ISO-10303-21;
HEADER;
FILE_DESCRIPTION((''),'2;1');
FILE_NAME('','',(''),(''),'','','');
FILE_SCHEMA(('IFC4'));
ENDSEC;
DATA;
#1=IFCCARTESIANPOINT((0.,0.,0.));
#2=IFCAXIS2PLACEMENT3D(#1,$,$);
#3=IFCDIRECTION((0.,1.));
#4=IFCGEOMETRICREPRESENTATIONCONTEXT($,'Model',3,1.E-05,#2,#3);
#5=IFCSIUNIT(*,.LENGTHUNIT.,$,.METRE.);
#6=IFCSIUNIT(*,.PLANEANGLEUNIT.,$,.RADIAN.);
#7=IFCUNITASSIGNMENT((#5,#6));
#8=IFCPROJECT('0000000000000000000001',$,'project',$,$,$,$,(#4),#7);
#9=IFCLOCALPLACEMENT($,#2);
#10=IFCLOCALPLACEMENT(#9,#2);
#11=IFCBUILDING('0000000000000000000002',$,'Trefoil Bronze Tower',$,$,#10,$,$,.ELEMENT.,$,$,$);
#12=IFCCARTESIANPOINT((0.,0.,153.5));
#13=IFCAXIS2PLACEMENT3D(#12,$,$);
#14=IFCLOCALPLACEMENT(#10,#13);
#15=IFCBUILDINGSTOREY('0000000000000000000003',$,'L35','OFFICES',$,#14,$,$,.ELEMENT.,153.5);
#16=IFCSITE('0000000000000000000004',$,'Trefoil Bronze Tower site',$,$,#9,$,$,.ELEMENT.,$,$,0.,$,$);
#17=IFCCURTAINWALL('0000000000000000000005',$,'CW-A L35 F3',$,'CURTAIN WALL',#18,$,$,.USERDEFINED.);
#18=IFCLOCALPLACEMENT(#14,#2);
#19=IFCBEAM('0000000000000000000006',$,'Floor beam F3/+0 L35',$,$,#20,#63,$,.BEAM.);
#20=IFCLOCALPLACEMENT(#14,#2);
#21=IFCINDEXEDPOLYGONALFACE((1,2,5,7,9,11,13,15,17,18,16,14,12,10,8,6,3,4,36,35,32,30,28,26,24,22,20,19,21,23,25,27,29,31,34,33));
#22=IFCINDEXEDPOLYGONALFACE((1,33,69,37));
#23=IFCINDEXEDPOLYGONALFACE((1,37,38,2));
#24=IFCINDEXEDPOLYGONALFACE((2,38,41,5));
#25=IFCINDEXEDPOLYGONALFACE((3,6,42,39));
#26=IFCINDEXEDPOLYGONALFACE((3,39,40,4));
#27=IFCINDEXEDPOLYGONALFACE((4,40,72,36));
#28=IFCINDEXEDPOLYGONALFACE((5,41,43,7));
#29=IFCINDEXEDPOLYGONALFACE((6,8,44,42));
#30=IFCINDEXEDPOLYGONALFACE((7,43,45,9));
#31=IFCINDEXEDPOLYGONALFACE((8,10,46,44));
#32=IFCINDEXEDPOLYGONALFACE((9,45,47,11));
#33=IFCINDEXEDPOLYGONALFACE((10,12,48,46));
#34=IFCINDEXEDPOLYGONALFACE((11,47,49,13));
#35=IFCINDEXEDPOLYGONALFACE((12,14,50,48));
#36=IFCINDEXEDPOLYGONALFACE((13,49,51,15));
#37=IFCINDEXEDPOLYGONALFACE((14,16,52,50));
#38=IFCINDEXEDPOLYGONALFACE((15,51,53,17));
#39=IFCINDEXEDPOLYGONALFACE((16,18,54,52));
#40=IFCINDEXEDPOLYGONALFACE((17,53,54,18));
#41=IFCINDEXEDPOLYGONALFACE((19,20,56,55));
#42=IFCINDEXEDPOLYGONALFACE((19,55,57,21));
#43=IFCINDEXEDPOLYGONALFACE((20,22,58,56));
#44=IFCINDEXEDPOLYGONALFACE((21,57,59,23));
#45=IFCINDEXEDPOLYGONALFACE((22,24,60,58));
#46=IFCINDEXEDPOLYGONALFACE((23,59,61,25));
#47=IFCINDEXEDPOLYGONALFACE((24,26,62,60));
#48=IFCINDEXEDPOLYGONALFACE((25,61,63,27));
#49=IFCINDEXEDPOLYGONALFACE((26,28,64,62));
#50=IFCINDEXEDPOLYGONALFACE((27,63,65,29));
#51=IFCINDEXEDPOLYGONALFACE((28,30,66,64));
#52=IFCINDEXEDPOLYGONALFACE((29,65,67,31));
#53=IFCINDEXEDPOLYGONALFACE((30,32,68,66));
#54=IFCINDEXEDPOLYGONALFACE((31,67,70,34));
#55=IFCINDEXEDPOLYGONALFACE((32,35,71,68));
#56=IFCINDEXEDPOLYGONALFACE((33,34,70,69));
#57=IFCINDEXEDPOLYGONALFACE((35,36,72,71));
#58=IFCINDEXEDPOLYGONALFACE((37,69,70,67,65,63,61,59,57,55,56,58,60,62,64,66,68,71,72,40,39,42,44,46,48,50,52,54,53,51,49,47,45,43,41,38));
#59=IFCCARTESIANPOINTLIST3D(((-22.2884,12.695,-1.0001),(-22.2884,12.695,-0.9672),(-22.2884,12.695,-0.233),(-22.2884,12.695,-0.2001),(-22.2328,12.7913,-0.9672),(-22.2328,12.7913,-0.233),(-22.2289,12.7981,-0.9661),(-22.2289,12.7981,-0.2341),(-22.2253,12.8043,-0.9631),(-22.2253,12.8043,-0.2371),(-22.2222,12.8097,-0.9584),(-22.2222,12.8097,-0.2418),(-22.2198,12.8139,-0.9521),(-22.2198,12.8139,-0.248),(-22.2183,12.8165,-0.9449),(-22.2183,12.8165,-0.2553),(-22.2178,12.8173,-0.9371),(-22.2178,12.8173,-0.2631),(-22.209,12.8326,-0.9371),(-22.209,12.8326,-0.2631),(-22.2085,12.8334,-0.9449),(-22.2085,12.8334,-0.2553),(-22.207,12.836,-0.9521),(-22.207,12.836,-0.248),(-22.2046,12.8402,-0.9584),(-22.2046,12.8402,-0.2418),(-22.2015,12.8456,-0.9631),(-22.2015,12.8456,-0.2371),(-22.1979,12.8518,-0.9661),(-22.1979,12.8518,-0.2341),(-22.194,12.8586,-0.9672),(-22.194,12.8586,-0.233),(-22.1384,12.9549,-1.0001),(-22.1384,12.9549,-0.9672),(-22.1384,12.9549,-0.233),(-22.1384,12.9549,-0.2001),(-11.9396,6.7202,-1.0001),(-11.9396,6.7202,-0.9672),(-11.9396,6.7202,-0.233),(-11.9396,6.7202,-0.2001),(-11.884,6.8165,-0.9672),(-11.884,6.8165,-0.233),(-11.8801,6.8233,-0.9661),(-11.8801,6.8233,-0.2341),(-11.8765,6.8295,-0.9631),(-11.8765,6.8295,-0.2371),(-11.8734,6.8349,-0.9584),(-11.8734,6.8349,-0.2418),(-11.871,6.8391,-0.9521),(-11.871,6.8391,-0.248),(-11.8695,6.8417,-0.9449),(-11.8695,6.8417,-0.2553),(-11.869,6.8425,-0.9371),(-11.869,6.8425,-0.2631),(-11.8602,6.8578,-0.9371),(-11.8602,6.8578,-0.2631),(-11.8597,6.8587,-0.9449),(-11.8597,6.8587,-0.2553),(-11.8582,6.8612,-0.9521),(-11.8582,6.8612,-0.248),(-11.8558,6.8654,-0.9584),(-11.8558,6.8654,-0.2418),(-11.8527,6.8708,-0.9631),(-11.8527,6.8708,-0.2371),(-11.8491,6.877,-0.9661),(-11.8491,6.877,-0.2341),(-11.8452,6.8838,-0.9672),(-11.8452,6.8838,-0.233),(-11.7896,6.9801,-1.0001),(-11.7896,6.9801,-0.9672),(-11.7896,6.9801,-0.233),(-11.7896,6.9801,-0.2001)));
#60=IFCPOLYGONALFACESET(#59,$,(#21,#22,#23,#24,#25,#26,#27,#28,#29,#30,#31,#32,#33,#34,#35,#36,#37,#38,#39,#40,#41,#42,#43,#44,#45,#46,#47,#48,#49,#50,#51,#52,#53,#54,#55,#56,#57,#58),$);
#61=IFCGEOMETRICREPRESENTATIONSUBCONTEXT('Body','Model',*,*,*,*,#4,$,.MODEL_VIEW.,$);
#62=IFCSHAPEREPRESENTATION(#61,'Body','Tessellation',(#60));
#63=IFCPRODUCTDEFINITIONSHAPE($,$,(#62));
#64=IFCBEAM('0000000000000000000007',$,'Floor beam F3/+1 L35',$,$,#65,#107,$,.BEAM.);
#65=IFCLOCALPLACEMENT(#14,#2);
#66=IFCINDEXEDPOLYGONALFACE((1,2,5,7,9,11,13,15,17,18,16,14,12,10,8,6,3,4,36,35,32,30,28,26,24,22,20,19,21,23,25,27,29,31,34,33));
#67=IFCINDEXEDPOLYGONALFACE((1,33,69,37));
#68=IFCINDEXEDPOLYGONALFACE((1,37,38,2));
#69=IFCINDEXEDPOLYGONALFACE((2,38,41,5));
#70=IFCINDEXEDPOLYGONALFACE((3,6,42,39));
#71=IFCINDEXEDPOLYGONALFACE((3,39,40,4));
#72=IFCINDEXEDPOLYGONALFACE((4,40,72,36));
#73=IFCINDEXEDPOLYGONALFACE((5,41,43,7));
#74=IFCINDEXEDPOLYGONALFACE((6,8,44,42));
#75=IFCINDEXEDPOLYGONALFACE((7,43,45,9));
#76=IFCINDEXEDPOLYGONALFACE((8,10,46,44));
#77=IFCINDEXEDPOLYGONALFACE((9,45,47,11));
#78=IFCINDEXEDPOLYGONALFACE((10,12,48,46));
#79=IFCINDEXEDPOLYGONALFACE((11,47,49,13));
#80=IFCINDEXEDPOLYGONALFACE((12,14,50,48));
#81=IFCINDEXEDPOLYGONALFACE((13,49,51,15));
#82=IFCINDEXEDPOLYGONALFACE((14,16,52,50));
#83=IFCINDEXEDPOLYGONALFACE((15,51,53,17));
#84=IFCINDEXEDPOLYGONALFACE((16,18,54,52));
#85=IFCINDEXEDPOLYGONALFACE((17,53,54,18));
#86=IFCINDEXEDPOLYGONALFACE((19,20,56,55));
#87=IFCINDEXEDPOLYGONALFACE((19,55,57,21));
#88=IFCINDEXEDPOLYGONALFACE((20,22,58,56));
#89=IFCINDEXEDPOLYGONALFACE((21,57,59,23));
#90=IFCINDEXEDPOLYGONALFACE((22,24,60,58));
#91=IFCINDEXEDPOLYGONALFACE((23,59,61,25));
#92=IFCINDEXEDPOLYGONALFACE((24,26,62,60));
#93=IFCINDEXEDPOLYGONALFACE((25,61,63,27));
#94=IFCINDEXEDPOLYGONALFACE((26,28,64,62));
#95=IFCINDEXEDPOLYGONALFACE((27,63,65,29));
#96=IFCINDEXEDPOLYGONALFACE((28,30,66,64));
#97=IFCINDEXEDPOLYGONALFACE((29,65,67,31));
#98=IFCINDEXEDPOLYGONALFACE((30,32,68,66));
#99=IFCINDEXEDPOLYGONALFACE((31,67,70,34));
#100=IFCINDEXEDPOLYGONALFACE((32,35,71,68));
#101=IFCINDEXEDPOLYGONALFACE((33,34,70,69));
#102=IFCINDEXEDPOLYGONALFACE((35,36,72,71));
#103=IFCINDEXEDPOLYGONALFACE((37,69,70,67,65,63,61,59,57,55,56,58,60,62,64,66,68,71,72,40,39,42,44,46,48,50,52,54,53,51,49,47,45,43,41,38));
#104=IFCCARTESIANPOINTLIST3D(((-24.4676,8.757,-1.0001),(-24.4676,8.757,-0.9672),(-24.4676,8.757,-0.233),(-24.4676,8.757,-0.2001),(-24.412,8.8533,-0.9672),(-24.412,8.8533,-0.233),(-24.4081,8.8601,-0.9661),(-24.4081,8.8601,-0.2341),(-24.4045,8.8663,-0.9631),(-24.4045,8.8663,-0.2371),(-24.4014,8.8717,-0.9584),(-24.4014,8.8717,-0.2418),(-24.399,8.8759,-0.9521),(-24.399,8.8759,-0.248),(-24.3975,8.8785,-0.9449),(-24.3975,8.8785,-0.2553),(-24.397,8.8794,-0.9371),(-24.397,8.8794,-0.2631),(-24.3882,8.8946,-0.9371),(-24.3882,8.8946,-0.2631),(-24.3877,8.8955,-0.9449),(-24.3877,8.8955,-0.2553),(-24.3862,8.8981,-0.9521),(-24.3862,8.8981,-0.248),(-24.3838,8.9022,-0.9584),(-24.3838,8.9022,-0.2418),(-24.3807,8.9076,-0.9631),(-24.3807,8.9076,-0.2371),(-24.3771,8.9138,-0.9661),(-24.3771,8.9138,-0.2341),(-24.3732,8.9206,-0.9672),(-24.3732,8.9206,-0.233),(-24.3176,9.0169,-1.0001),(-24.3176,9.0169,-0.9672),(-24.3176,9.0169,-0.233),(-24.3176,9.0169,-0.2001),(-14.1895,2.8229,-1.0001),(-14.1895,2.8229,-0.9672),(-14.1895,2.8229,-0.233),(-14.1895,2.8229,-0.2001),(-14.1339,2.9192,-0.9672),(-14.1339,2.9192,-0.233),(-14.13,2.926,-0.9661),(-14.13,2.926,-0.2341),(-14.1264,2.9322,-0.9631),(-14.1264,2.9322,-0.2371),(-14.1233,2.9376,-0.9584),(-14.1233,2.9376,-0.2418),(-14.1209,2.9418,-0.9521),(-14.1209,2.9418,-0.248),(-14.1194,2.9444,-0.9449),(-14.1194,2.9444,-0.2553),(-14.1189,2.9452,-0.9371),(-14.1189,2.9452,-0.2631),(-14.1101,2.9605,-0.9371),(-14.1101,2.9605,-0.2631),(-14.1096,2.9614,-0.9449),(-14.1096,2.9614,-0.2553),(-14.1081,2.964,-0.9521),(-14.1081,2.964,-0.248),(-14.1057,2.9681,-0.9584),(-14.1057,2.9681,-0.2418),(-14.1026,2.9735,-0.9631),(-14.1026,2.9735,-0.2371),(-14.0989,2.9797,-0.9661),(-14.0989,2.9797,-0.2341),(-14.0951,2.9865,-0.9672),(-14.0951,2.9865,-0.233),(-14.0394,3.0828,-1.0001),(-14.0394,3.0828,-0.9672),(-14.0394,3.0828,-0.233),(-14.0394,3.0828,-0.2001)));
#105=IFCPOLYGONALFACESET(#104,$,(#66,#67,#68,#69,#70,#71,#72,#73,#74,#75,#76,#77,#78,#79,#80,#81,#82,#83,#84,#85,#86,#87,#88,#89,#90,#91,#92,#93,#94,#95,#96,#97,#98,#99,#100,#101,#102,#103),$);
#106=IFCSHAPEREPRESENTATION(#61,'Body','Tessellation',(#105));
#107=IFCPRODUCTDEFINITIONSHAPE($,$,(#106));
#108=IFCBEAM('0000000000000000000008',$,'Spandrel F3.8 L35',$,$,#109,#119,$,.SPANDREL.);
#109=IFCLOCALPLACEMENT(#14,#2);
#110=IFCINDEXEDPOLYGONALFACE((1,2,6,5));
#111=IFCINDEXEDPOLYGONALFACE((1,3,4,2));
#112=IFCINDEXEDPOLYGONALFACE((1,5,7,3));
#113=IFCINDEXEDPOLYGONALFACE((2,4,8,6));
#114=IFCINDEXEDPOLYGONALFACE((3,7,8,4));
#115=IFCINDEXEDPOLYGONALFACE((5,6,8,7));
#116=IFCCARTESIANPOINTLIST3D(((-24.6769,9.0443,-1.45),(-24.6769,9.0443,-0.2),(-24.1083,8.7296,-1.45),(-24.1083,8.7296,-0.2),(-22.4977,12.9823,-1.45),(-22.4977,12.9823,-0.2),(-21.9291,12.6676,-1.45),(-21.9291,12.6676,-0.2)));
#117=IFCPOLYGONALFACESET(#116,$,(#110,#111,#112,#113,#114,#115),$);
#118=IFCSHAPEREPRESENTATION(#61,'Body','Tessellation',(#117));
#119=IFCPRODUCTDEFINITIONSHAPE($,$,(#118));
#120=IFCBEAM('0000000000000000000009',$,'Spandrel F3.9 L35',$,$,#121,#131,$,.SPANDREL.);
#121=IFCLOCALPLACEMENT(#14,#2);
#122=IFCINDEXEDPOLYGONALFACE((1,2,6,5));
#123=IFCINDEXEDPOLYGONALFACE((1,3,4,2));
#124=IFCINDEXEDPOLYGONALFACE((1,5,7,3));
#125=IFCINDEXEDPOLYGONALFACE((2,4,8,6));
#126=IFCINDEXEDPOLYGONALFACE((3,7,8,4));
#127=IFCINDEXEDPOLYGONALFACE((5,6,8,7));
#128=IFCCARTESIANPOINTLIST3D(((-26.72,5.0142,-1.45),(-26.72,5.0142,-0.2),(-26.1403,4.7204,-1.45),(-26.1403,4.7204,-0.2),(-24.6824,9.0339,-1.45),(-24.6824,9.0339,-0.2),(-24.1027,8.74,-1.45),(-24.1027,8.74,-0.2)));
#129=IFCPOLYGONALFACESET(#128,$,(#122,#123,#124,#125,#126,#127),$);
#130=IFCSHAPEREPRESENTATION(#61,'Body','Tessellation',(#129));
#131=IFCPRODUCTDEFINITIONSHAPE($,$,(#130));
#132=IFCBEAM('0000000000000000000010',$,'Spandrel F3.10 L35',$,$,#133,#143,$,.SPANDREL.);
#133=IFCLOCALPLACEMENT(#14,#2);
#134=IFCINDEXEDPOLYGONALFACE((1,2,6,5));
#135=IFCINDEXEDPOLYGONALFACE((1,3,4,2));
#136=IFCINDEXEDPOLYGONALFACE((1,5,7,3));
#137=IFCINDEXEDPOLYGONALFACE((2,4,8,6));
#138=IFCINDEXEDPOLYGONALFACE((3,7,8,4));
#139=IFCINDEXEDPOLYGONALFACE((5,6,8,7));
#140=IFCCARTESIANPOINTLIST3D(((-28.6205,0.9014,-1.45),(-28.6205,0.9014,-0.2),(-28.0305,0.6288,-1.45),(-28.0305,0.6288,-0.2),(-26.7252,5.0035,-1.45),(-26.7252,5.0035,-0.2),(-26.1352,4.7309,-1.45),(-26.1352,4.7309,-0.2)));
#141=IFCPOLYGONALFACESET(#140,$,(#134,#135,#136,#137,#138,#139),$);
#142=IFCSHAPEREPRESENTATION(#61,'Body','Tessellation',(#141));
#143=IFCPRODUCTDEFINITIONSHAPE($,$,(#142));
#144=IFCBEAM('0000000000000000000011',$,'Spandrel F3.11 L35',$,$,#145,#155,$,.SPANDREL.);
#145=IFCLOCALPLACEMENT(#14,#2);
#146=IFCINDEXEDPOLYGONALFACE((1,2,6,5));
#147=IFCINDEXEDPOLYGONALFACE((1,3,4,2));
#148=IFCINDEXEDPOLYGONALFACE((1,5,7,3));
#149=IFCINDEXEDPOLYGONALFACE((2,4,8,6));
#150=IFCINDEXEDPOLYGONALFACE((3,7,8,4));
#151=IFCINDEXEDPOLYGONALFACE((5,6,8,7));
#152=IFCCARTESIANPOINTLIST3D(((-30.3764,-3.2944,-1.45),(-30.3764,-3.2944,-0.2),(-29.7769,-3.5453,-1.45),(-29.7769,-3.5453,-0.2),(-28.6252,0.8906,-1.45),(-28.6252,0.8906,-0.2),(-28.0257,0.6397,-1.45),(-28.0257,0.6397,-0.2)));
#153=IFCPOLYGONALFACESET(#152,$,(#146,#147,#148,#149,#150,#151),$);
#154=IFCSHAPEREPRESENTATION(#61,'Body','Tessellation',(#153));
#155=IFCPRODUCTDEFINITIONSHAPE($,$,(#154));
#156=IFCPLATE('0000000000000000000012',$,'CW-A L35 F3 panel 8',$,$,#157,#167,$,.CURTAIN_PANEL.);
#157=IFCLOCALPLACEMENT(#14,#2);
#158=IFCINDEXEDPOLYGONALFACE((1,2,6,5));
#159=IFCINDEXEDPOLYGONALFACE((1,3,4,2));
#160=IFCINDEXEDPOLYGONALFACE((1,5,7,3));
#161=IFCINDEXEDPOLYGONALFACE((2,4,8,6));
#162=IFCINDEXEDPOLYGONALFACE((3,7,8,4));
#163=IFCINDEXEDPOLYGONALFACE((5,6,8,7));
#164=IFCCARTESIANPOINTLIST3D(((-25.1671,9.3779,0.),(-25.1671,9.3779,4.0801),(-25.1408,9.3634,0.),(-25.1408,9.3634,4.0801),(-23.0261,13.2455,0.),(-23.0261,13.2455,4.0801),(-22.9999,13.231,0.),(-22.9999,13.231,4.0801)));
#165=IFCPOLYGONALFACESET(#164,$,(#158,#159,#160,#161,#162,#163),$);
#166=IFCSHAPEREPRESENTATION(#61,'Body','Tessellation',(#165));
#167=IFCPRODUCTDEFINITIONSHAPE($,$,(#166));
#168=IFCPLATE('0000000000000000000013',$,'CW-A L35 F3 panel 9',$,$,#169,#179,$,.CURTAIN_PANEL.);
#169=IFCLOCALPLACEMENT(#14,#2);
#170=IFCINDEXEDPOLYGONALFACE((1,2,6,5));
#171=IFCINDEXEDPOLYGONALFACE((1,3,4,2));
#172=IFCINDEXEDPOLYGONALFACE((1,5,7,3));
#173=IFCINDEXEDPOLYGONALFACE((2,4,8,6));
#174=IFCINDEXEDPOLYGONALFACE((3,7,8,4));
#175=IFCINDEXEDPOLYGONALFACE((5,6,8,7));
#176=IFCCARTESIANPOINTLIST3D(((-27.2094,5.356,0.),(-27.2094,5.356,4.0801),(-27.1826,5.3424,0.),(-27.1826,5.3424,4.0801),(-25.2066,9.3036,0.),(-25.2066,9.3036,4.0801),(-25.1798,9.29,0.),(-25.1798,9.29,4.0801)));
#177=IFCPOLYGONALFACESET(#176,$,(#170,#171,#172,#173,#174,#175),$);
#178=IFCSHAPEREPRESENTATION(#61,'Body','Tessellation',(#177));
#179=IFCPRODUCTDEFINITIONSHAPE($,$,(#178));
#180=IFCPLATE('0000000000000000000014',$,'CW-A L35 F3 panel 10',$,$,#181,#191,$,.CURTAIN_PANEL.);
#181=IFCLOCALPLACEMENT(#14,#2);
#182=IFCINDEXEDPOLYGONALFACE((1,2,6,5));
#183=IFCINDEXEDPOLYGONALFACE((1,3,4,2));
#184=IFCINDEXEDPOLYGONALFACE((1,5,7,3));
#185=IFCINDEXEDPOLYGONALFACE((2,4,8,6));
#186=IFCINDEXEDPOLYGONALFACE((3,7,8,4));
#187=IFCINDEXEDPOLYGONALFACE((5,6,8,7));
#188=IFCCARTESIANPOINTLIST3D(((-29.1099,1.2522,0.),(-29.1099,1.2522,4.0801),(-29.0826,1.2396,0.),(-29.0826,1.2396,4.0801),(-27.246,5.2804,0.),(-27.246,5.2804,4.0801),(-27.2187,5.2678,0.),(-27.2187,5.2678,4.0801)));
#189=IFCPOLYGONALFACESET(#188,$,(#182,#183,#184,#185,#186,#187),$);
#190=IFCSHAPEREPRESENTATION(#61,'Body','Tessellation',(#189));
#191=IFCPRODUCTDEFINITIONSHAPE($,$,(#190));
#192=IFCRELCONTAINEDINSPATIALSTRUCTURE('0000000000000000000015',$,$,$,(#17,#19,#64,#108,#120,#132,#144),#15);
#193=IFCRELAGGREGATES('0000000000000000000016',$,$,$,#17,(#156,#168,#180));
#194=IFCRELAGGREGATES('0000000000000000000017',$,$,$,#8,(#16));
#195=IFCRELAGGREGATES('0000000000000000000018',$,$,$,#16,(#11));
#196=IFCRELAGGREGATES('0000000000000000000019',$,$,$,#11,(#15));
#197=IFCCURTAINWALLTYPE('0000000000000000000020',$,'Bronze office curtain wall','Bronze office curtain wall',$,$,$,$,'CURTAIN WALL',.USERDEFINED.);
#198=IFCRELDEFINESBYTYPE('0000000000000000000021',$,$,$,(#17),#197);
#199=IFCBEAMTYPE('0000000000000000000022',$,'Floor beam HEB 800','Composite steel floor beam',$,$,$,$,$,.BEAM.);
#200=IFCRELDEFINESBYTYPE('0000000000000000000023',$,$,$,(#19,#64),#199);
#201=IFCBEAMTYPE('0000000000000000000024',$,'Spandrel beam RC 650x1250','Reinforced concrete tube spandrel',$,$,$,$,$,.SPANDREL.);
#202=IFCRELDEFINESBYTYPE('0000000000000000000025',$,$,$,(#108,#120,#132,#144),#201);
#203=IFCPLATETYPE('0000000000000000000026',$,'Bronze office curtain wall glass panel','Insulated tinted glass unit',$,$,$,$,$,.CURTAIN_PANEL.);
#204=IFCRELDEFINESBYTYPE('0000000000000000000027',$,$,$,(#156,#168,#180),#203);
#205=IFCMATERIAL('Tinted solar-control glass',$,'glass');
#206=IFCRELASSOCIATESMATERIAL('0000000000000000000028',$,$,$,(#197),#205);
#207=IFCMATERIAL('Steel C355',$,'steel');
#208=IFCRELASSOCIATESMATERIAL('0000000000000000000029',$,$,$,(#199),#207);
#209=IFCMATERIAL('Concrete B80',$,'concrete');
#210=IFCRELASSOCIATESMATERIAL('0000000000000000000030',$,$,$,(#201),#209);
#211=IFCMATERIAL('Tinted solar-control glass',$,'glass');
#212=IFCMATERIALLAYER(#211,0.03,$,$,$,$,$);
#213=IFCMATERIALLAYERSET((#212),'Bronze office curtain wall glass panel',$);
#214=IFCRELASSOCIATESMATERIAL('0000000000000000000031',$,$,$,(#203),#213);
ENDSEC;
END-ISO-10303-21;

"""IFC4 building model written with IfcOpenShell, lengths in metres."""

from ifc_helpers import new_model, si_unit, direction, frame, origin, origin_2d, place, context, subcontext, project, spatial, rectangle, i_section, extrude, material, layer, layer_set, material_profile, profile_set, type_object, element, aggregate, save


model = new_model("IFC4")

# Units and contexts
model_context = context("Model", 3, precision=1e-05, world=origin(), true_north=direction((0.0, 1.0)))
body_context = subcontext(model_context, "Body", "Model", "MODEL_VIEW")
ifc_project = project(units=[si_unit("LENGTHUNIT", "METRE"), si_unit("PLANEANGLEUNIT", "RADIAN")], contexts=[model_context])

# Site, building, storey
site_placement = place(None, origin())
site = spatial("IfcSite", under=ifc_project, at=site_placement, Name="Trefoil Bronze Tower site", CompositionType="ELEMENT", RefElevation=0.0)
building_placement = place(site_placement, origin())
building = spatial("IfcBuilding", under=site, at=building_placement, Name="Trefoil Bronze Tower", CompositionType="ELEMENT")
storey_placement = place(building_placement, frame((0.0, 0.0, 153.5)))
storey = spatial("IfcBuildingStorey", under=building, at=storey_placement, Name="L35", Description="OFFICES", CompositionType="ELEMENT", Elevation=153.5)

# Curtain wall
ifc_material_1 = material(Name="Tinted solar-control glass", Category="glass")
curtain_wall_type = type_object("IfcCurtainWallType", Name="Bronze office curtain wall", Description="Bronze office curtain wall", ElementType="CURTAIN WALL", PredefinedType="USERDEFINED", material=ifc_material_1)
curtain_wall_placement = place(storey_placement, origin())
curtain_wall = element("IfcCurtainWall", 1, at=curtain_wall_placement, inside=storey, type_object=curtain_wall_type, Name="CW-A L35 F3", ObjectType="CURTAIN WALL", PredefinedType="USERDEFINED")

# Beams
ifc_material_2 = material(Name="Steel C355", Category="steel")
ifc_material_profile_1 = material_profile(ifc_material_2, i_section(OverallWidth=0.3, OverallDepth=0.8, WebThickness=0.0176, FlangeThickness=0.033, FilletRadius=0.03, at=origin_2d()), Name="HEB 800")
ifc_profile_set_1 = profile_set([ifc_material_profile_1], Name="Steel C355")
beam_type_1 = type_object("IfcBeamType", Name="Floor beam HEB 800", Description="Composite steel floor beam", PredefinedType="BEAM", material=ifc_profile_set_1)
beam_1_placement = place(storey_placement, frame((-22.2134, 12.825, -0.6001), z_axis=(0.866028, -0.499995, 0.0), x_axis=(0.499995, 0.866028, 0.0)))
element("IfcBeam", 2, at=beam_1_placement, inside=storey, type_object=beam_type_1, Name="Floor beam F3/+0 L35", PredefinedType="BEAM", context=body_context, shape_type="SweptSolid", body=[
    extrude(i_section(OverallWidth=0.3, OverallDepth=0.8, WebThickness=0.0176, FlangeThickness=0.033, FilletRadius=0.03, at=origin_2d()), origin(), (0.0, 0.0, 1.0), 11.9497),
])
beam_2_placement = place(storey_placement, frame((-24.3926, 8.887, -0.6001), z_axis=(0.866024, -0.500002, 0.0), x_axis=(0.500002, 0.866024, 0.0)))
element("IfcBeam", 3, at=beam_2_placement, inside=storey, type_object=beam_type_1, Name="Floor beam F3/+1 L35", PredefinedType="BEAM", context=body_context, shape_type="SweptSolid", body=[
    extrude(i_section(OverallWidth=0.3, OverallDepth=0.8, WebThickness=0.0176, FlangeThickness=0.033, FilletRadius=0.03, at=origin_2d()), origin(), (0.0, 0.0, 1.0), 11.8682),
])
ifc_material_3 = material(Name="Concrete B80", Category="concrete")
ifc_material_profile_2 = material_profile(ifc_material_3, rectangle(XDim=0.6499, YDim=1.25, at=origin_2d()), Name="RC 650x1250")
ifc_profile_set_2 = profile_set([ifc_material_profile_2], Name="Concrete B80")
beam_type_2 = type_object("IfcBeamType", Name="Spandrel beam RC 650x1250", Description="Reinforced concrete tube spandrel", PredefinedType="SPANDREL", material=ifc_profile_set_2)
beam_3_placement = place(storey_placement, frame((-22.2134, 12.825, -0.825), z_axis=(-0.484187, -0.874965, 0.0), x_axis=(0.874965, -0.484187, 0.0)))
element("IfcBeam", 4, at=beam_3_placement, inside=storey, type_object=beam_type_2, Name="Spandrel F3.8 L35", PredefinedType="SPANDREL", context=body_context, shape_type="SweptSolid", body=[
    extrude(rectangle(XDim=0.6499, YDim=1.25, at=origin_2d()), origin(), (0.0, 0.0, 1.0), 4.5007),
])
beam_4_placement = place(storey_placement, frame((-24.3926, 8.887, -0.825), z_axis=(-0.452126, -0.891954, 0.0), x_axis=(0.891954, -0.452126, 0.0)))
element("IfcBeam", 5, at=beam_4_placement, inside=storey, type_object=beam_type_2, Name="Spandrel F3.9 L35", PredefinedType="SPANDREL", context=body_context, shape_type="SweptSolid", body=[
    extrude(rectangle(XDim=0.6499, YDim=1.25, at=origin_2d()), origin(), (0.0, 0.0, 1.0), 4.5066),
])
beam_5_placement = place(storey_placement, frame((-26.4302, 4.8672, -0.825), z_axis=(-0.419425, -0.90779, 0.0), x_axis=(0.90779, -0.419425, 0.0)))
element("IfcBeam", 6, at=beam_5_placement, inside=storey, type_object=beam_type_2, Name="Spandrel F3.10 L35", PredefinedType="SPANDREL", context=body_context, shape_type="SweptSolid", body=[
    extrude(rectangle(XDim=0.6499, YDim=1.25, at=origin_2d()), origin(), (0.0, 0.0, 1.0), 4.5188),
])
beam_6_placement = place(storey_placement, frame((-28.3254, 0.7651, -0.825), z_axis=(-0.386013, -0.922493, 0.0), x_axis=(0.922493, -0.386013, 0.0)))
element("IfcBeam", 7, at=beam_6_placement, inside=storey, type_object=beam_type_2, Name="Spandrel F3.11 L35", PredefinedType="SPANDREL", context=body_context, shape_type="SweptSolid", body=[
    extrude(rectangle(XDim=0.6499, YDim=1.25, at=origin_2d()), origin(), (0.0, 0.0, 1.0), 4.5366),
])

# Plates
ifc_material_4 = material(Name="Tinted solar-control glass", Category="glass")
ifc_layer_1 = layer(ifc_material_4, 0.03)
ifc_layer_set_1 = layer_set([ifc_layer_1], Name="Bronze office curtain wall glass panel")
plate_type = type_object("IfcPlateType", Name="Bronze office curtain wall glass panel", Description="Insulated tinted glass unit", PredefinedType="CURTAIN_PANEL", material=ifc_layer_set_1)
plate_1_placement = place(storey_placement, frame((-24.0835, 11.3044, 0.0), z_axis=(0.0, 0.0, 1.0), x_axis=(-0.484312, -0.874895, 0.0)))
plate_1 = element("IfcPlate", 8, at=plate_1_placement, type_object=plate_type, Name="CW-A L35 F3 panel 8", PredefinedType="CURTAIN_PANEL", context=body_context, shape_type="SweptSolid", body=[
    extrude(rectangle(XDim=4.4207, YDim=0.03, at=origin_2d()), origin(), (0.0, 0.0, 1.0), 4.0801),
])
plate_2_placement = place(storey_placement, frame((-26.1946, 7.323, 0.0), z_axis=(0.0, 0.0, 1.0), x_axis=(-0.452449, -0.89179, 0.0)))
plate_2 = element("IfcPlate", 9, at=plate_2_placement, type_object=plate_type, Name="CW-A L35 F3 panel 9", PredefinedType="CURTAIN_PANEL", context=body_context, shape_type="SweptSolid", body=[
    extrude(rectangle(XDim=4.4265, YDim=0.03, at=origin_2d()), origin(), (0.0, 0.0, 1.0), 4.0801),
])
plate_3_placement = place(storey_placement, frame((-28.1643, 3.26, 0.0), z_axis=(0.0, 0.0, 1.0), x_axis=(-0.419933, -0.907555, 0.0)))
plate_3 = element("IfcPlate", 10, at=plate_3_placement, type_object=plate_type, Name="CW-A L35 F3 panel 10", PredefinedType="CURTAIN_PANEL", context=body_context, shape_type="SweptSolid", body=[
    extrude(rectangle(XDim=4.4385, YDim=0.03, at=origin_2d()), origin(), (0.0, 0.0, 1.0), 4.0801),
])
aggregate(curtain_wall, [plate_1, plate_2, plate_3])

save(model, "model.ifc")
